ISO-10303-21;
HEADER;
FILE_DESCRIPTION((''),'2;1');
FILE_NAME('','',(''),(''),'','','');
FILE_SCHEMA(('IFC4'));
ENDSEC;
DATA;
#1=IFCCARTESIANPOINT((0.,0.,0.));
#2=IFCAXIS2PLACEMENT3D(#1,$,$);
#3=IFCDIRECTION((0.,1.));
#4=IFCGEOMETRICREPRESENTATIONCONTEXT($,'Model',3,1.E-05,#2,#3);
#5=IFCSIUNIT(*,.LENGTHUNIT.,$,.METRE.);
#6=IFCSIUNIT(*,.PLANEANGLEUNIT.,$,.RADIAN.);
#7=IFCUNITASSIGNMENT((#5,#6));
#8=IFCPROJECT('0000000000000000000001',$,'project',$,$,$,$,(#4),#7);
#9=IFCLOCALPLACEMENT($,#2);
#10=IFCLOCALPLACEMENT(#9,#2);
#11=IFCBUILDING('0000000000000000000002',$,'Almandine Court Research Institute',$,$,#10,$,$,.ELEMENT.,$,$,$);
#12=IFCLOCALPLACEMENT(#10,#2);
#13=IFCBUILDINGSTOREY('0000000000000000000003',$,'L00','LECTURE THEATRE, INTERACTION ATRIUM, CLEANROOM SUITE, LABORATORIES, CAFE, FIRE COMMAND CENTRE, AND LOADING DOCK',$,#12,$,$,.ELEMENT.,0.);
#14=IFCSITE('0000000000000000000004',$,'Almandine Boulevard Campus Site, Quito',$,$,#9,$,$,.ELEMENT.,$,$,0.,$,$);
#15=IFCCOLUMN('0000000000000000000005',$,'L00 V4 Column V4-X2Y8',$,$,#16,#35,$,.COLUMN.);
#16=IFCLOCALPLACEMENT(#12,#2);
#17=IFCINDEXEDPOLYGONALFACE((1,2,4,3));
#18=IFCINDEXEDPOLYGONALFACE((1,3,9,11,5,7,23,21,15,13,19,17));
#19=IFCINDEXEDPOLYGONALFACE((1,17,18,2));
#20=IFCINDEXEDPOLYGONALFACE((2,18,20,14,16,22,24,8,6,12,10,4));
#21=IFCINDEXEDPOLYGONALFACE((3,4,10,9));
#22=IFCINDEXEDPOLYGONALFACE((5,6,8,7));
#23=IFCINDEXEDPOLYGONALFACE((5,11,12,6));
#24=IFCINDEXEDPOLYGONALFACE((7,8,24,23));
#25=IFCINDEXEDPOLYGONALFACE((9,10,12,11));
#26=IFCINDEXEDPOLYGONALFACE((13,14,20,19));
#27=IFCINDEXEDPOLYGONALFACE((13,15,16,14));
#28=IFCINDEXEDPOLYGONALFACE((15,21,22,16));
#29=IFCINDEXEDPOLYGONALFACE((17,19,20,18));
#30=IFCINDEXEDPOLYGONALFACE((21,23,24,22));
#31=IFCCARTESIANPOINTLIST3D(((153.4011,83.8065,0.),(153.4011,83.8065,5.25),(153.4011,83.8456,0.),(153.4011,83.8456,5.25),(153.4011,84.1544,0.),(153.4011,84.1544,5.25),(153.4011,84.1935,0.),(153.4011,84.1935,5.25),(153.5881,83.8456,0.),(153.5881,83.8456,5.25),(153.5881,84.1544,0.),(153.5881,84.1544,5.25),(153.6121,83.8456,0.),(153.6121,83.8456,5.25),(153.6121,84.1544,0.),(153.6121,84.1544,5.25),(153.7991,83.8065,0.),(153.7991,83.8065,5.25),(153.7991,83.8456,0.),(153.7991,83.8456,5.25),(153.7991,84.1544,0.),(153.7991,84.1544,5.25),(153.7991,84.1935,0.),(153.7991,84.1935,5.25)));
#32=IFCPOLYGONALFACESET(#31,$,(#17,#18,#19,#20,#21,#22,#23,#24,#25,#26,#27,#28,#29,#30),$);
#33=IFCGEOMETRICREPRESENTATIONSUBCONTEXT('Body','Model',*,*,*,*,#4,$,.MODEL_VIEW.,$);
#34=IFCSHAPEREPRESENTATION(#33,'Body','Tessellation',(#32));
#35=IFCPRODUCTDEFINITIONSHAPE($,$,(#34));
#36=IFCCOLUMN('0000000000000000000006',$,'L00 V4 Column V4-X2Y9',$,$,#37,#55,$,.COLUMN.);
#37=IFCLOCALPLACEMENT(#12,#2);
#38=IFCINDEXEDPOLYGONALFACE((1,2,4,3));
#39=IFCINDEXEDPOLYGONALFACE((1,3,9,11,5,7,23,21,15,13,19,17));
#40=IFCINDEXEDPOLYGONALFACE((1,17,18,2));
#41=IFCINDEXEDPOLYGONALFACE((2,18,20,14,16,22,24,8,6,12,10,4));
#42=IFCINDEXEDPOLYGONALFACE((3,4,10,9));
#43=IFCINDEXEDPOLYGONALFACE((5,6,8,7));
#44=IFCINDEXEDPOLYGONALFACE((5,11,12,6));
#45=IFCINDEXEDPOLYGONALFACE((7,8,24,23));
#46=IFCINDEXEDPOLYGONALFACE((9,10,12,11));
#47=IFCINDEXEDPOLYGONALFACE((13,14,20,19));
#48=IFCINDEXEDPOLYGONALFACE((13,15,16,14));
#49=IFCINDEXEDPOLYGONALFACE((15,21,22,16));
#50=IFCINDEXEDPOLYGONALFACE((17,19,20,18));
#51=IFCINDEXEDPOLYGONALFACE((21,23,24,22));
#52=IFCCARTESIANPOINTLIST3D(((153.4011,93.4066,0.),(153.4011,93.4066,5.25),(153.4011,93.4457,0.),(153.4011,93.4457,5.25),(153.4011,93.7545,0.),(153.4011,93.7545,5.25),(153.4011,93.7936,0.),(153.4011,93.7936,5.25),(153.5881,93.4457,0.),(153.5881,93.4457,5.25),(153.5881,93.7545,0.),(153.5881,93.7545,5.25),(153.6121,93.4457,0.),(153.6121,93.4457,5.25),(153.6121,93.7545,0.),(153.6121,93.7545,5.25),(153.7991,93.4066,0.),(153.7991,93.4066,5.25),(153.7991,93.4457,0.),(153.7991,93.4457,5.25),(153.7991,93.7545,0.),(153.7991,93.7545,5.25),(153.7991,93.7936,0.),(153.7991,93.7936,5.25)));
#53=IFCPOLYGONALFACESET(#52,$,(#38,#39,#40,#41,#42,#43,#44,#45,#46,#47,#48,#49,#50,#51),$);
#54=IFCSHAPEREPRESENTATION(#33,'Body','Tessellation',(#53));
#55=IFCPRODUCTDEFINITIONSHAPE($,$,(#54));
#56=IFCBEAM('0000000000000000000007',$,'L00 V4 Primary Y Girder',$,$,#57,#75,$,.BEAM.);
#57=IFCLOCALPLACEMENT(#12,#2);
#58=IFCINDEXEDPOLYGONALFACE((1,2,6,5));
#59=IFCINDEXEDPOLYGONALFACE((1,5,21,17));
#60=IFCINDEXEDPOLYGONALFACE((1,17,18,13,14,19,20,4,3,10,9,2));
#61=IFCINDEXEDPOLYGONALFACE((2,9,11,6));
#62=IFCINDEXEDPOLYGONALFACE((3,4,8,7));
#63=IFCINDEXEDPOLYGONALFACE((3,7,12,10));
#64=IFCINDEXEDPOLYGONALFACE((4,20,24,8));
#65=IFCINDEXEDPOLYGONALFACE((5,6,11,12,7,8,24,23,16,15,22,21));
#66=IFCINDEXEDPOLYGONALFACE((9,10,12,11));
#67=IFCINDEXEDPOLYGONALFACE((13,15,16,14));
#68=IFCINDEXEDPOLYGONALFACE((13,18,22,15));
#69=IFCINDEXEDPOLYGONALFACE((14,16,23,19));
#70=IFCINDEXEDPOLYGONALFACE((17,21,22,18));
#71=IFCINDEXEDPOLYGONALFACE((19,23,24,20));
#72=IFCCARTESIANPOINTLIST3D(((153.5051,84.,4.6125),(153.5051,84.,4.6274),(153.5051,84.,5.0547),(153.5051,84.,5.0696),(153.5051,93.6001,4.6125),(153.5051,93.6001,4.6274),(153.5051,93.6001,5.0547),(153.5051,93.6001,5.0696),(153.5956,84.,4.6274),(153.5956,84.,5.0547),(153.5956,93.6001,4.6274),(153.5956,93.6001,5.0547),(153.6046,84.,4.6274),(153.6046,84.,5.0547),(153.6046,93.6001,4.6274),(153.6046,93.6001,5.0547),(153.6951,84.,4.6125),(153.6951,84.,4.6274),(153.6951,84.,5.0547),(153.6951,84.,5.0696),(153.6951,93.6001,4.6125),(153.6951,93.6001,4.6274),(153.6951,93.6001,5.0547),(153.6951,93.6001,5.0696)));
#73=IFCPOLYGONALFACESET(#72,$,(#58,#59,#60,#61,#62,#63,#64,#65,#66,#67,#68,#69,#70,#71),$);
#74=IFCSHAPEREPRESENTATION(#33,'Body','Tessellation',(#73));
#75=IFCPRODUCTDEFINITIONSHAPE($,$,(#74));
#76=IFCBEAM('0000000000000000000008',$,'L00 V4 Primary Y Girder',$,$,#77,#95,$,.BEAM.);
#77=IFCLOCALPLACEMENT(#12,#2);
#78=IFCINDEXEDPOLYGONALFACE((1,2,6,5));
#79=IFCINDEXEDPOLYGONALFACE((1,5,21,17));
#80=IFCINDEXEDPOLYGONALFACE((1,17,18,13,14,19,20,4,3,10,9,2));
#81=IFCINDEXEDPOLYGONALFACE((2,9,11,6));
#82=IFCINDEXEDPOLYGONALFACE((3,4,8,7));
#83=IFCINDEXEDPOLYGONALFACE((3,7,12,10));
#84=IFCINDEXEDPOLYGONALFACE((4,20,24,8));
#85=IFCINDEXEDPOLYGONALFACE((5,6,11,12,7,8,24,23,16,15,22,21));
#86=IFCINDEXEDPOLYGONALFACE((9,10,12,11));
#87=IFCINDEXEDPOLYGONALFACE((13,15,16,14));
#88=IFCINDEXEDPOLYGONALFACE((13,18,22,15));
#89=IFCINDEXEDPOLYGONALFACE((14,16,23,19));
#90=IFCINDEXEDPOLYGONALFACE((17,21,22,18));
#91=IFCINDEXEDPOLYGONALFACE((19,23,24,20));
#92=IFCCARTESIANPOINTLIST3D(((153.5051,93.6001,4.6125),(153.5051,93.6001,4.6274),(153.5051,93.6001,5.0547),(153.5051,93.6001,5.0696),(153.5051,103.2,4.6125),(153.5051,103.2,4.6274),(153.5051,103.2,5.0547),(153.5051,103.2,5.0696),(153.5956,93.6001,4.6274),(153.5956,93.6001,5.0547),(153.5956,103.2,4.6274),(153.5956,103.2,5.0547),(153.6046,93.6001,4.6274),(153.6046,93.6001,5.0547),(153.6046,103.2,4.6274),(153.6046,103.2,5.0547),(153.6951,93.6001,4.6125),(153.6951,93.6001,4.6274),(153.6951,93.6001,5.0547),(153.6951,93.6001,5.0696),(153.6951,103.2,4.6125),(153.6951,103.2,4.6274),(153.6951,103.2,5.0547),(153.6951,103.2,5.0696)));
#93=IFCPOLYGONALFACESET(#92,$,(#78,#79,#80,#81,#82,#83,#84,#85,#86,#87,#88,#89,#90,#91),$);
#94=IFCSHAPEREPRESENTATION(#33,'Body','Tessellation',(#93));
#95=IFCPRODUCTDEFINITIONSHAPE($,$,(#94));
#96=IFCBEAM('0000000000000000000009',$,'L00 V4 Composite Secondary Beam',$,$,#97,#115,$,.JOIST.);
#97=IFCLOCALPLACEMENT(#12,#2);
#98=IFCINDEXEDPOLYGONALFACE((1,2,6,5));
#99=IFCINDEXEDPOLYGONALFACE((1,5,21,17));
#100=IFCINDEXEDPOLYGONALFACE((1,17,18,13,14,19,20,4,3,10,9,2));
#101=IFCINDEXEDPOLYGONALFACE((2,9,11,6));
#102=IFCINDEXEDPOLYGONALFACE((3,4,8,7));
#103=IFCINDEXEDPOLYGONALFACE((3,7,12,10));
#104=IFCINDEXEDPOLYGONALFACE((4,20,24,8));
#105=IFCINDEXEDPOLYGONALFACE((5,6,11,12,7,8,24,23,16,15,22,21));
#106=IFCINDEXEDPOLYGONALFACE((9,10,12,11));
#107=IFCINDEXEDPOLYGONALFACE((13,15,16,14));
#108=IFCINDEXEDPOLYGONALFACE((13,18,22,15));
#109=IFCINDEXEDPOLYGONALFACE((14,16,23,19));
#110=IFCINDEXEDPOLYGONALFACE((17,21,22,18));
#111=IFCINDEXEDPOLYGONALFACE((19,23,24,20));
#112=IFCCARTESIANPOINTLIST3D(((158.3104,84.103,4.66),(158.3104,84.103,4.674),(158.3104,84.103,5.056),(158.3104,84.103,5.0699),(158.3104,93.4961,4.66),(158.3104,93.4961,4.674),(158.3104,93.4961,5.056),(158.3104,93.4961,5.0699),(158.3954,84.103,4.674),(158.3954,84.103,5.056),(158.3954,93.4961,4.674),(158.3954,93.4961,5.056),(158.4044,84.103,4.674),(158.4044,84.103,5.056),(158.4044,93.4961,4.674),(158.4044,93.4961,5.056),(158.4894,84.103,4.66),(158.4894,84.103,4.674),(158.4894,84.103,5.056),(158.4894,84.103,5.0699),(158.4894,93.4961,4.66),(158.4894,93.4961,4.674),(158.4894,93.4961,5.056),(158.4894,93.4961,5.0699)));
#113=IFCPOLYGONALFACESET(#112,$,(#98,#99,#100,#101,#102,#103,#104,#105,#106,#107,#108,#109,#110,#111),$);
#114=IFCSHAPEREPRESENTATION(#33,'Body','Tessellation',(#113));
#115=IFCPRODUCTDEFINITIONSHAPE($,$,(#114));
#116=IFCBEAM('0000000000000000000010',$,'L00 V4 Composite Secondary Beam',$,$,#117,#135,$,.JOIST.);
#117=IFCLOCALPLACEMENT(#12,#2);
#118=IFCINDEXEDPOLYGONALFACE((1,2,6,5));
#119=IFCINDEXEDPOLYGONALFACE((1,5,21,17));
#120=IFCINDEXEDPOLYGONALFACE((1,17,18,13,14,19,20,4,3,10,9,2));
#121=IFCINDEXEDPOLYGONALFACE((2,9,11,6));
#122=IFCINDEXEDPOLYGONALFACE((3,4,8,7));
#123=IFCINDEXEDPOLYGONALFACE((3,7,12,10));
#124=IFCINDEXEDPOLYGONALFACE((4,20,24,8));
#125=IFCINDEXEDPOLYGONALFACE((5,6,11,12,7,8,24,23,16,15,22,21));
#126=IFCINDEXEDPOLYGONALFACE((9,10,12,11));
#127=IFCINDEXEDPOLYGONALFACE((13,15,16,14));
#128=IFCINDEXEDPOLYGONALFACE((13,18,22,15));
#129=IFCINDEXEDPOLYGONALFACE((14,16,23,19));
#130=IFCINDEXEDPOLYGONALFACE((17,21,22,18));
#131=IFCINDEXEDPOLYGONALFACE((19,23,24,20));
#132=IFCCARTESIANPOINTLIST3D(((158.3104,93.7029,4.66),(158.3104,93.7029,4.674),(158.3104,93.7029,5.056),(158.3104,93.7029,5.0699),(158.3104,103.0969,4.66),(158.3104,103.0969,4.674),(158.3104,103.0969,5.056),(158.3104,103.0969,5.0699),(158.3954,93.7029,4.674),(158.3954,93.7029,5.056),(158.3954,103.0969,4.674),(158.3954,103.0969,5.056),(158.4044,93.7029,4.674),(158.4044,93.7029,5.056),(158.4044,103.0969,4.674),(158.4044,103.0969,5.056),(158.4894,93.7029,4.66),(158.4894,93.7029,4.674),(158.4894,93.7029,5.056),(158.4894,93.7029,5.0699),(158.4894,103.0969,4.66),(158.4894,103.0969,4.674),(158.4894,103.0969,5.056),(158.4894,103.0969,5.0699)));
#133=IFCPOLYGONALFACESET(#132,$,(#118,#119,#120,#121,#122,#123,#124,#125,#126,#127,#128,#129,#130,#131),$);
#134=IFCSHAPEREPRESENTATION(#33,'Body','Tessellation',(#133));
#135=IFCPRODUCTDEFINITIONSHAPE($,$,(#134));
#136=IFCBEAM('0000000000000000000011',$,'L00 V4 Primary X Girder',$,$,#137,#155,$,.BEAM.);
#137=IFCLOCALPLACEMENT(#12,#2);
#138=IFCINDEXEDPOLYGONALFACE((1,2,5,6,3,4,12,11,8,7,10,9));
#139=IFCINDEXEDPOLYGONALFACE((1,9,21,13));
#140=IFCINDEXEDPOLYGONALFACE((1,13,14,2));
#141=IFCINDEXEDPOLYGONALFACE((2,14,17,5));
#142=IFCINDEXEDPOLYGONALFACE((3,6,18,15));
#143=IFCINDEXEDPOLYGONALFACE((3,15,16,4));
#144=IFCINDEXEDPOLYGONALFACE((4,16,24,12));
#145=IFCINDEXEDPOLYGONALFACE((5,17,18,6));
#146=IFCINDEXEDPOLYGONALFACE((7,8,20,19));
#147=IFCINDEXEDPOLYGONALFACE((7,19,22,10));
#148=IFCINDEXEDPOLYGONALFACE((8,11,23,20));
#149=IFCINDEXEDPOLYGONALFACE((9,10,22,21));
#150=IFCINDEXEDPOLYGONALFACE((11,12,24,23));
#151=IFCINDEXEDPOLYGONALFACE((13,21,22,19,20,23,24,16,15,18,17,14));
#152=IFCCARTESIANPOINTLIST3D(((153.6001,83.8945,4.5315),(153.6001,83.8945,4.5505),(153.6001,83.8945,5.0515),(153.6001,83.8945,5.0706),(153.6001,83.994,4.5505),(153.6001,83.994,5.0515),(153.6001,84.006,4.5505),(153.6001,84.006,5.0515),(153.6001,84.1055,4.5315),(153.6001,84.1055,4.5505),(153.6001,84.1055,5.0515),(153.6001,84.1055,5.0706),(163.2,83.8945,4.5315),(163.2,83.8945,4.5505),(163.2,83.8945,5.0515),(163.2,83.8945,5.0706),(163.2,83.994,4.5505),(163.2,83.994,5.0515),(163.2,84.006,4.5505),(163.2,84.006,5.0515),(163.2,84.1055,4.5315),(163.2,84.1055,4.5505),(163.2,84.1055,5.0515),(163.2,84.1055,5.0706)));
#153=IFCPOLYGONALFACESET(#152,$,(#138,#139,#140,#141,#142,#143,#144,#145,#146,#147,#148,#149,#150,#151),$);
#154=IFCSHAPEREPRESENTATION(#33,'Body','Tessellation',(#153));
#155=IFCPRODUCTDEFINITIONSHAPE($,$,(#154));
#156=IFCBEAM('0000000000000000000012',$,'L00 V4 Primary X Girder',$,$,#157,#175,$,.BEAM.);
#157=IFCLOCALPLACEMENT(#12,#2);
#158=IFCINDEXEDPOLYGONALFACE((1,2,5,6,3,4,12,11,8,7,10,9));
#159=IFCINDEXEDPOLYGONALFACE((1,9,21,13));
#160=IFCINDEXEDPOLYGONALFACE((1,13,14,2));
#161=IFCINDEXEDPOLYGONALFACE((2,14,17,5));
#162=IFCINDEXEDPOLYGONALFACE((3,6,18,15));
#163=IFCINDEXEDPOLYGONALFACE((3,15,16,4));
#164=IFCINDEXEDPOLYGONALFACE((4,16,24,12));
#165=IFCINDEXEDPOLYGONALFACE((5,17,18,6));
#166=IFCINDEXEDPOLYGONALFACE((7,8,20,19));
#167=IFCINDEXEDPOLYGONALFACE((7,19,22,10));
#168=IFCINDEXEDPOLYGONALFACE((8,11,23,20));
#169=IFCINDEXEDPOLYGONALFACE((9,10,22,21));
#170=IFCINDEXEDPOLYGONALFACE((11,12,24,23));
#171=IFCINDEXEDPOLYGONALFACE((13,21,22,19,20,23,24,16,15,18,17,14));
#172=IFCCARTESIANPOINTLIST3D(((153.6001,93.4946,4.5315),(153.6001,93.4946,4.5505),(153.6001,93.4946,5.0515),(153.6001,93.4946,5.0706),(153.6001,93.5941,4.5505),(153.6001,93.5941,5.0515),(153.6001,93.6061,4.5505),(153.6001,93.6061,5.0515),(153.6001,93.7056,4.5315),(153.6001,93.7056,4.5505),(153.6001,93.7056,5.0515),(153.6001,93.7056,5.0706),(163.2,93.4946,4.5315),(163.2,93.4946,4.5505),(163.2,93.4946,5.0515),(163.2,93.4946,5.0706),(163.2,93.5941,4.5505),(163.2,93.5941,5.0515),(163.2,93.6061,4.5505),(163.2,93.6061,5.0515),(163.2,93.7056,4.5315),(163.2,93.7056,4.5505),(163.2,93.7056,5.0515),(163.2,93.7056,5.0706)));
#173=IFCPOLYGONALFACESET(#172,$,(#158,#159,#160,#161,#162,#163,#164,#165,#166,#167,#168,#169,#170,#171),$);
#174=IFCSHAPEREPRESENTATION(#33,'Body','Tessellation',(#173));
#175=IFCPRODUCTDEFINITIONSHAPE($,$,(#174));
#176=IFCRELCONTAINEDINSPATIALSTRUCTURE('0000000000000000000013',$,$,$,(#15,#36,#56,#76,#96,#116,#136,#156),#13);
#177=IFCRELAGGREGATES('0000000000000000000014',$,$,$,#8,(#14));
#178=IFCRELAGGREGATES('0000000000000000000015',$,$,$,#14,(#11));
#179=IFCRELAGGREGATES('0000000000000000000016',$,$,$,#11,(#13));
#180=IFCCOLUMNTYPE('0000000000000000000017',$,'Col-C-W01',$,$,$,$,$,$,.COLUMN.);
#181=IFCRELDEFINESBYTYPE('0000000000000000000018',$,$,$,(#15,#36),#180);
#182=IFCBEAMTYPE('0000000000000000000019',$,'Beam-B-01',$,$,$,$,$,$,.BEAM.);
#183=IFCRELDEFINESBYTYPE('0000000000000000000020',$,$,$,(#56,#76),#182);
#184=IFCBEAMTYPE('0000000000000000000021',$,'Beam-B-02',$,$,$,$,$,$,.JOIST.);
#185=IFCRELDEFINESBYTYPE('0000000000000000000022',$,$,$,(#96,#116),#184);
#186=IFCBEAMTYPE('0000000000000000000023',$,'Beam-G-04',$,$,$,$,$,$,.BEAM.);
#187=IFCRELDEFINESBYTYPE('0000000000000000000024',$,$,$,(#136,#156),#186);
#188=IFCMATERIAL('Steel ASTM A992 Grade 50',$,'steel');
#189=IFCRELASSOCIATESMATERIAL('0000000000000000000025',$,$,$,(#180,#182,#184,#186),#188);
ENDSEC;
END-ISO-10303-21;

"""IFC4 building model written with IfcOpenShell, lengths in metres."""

from ifc_helpers import new_model, si_unit, direction, frame, origin, origin_2d, place, context, subcontext, project, spatial, i_section, extrude, material, material_profile, profile_set, type_object, element, save


model = new_model("IFC4")

# Units and contexts
model_context = context("Model", 3, precision=1e-05, world=origin(), true_north=direction((0.0, 1.0)))
body_context = subcontext(model_context, "Body", "Model", "MODEL_VIEW")
ifc_project = project(units=[si_unit("LENGTHUNIT", "METRE"), si_unit("PLANEANGLEUNIT", "RADIAN")], contexts=[model_context])

# Site, building, storey
site_placement = place(None, origin())
site = spatial("IfcSite", under=ifc_project, at=site_placement, Name="Almandine Boulevard Campus Site, Quito", CompositionType="ELEMENT", RefElevation=0.0)
building_placement = place(site_placement, origin())
building = spatial("IfcBuilding", under=site, at=building_placement, Name="Almandine Court Research Institute", CompositionType="ELEMENT")
storey_placement = place(building_placement, origin())
storey = spatial("IfcBuildingStorey", under=building, at=storey_placement, Name="L00", Description="LECTURE THEATRE, INTERACTION ATRIUM, CLEANROOM SUITE, LABORATORIES, CAFE, FIRE COMMAND CENTRE, AND LOADING DOCK", CompositionType="ELEMENT", Elevation=0.0)

# Columns
ifc_material_1 = material(Name="Steel ASTM A992 Grade 50", Category="steel")
ifc_material_profile_1 = material_profile(ifc_material_1, i_section(OverallWidth=0.3979, OverallDepth=0.387, WebThickness=0.0239, FlangeThickness=0.0391, at=origin_2d()), Name="W360x262")
ifc_profile_set_1 = profile_set([ifc_material_profile_1], Name="Steel ASTM A992 Grade 50")
column_type = type_object("IfcColumnType", Name="Col-C-W01", PredefinedType="COLUMN", material=ifc_profile_set_1)
for number, where, z_axis, x_axis, name in (
    (1, (153.6001, 84.0, 0.0), (0.0, 0.0, 1.0), (1.0, 0.0, 0.0), "L00 V4 Column V4-X2Y8"),
    (2, (153.6001, 93.6001, 0.0), (0.0, 0.0, 1.0), (1.0, 0.0, 0.0), "L00 V4 Column V4-X2Y9"),
):
    element("IfcColumn", number, at=place(storey_placement, frame(where, z_axis=z_axis, x_axis=x_axis)), inside=storey, type_object=column_type, Name=name, PredefinedType="COLUMN", context=body_context, shape_type="SweptSolid", body=[
        extrude(i_section(OverallWidth=0.3979, OverallDepth=0.387, WebThickness=0.0239, FlangeThickness=0.0391, at=origin_2d()), origin(), (0.0, 0.0, 1.0), 5.25),
    ])

# Beams
ifc_material_profile_2 = material_profile(ifc_material_1, i_section(OverallWidth=0.1899, OverallDepth=0.457, WebThickness=0.009, FlangeThickness=0.0149, at=origin_2d()), Name="W460x74")
ifc_profile_set_2 = profile_set([ifc_material_profile_2], Name="Steel ASTM A992 Grade 50")
beam_type_1 = type_object("IfcBeamType", Name="Beam-B-01", PredefinedType="BEAM", material=ifc_profile_set_2)
beam_1_placement = place(storey_placement, frame((153.6001, 84.0, 4.8411), z_axis=(0.0, 1.0, 0.0), x_axis=(-1.0, 0.0, 0.0)))
element("IfcBeam", 3, at=beam_1_placement, inside=storey, type_object=beam_type_1, Name="L00 V4 Primary Y Girder", PredefinedType="BEAM", context=body_context, shape_type="SweptSolid", body=[
    extrude(i_section(OverallWidth=0.1899, OverallDepth=0.457, WebThickness=0.009, FlangeThickness=0.0149, at=origin_2d()), origin(), (0.0, 0.0, 1.0), 9.6001),
])
beam_2_placement = place(storey_placement, frame((153.6001, 93.6001, 4.8411), z_axis=(0.0, 1.0, 0.0), x_axis=(-1.0, 0.0, 0.0)))
element("IfcBeam", 4, at=beam_2_placement, inside=storey, type_object=beam_type_1, Name="L00 V4 Primary Y Girder", PredefinedType="BEAM", context=body_context, shape_type="SweptSolid", body=[
    extrude(i_section(OverallWidth=0.1899, OverallDepth=0.457, WebThickness=0.009, FlangeThickness=0.0149, at=origin_2d()), origin(), (0.0, 0.0, 1.0), 9.5999),
])
ifc_material_profile_3 = material_profile(ifc_material_1, i_section(OverallWidth=0.179, OverallDepth=0.4099, WebThickness=0.009, FlangeThickness=0.0139, at=origin_2d()), Name="W410x67")
ifc_profile_set_3 = profile_set([ifc_material_profile_3], Name="Steel ASTM A992 Grade 50")
beam_type_2 = type_object("IfcBeamType", Name="Beam-B-02", PredefinedType="JOIST", material=ifc_profile_set_3)
beam_3_placement = place(storey_placement, frame((158.3999, 84.103, 4.865), z_axis=(0.0, 1.0, 0.0), x_axis=(-1.0, 0.0, 0.0)))
element("IfcBeam", 5, at=beam_3_placement, inside=storey, type_object=beam_type_2, Name="L00 V4 Composite Secondary Beam", PredefinedType="JOIST", context=body_context, shape_type="SweptSolid", body=[
    extrude(i_section(OverallWidth=0.179, OverallDepth=0.4099, WebThickness=0.009, FlangeThickness=0.0139, at=origin_2d()), origin(), (0.0, 0.0, 1.0), 9.3931),
])
beam_4_placement = place(storey_placement, frame((158.3999, 93.7029, 4.865), z_axis=(0.0, 1.0, 0.0), x_axis=(-1.0, 0.0, 0.0)))
element("IfcBeam", 6, at=beam_4_placement, inside=storey, type_object=beam_type_2, Name="L00 V4 Composite Secondary Beam", PredefinedType="JOIST", context=body_context, shape_type="SweptSolid", body=[
    extrude(i_section(OverallWidth=0.179, OverallDepth=0.4099, WebThickness=0.009, FlangeThickness=0.0139, at=origin_2d()), origin(), (0.0, 0.0, 1.0), 9.394),
])
ifc_material_profile_4 = material_profile(ifc_material_1, i_section(OverallWidth=0.2109, OverallDepth=0.5391, WebThickness=0.012, FlangeThickness=0.019, at=origin_2d()), Name="W530x109")
ifc_profile_set_4 = profile_set([ifc_material_profile_4], Name="Steel ASTM A992 Grade 50")
beam_type_3 = type_object("IfcBeamType", Name="Beam-G-04", PredefinedType="BEAM", material=ifc_profile_set_4)
for number, where, z_axis, x_axis, name in (
    (7, (153.6001, 84.0, 4.801), (1.0, 0.0, 0.0), (0.0, 1.0, 0.0), "L00 V4 Primary X Girder"),
    (8, (153.6001, 93.6001, 4.801), (1.0, 0.0, 0.0), (0.0, 1.0, 0.0), "L00 V4 Primary X Girder"),
):
    element("IfcBeam", number, at=place(storey_placement, frame(where, z_axis=z_axis, x_axis=x_axis)), inside=storey, type_object=beam_type_3, Name=name, PredefinedType="BEAM", context=body_context, shape_type="SweptSolid", body=[
        extrude(i_section(OverallWidth=0.2109, OverallDepth=0.5391, WebThickness=0.012, FlangeThickness=0.019, at=origin_2d()), origin(), (0.0, 0.0, 1.0), 9.5999),
    ])

save(model, "model.ifc")
